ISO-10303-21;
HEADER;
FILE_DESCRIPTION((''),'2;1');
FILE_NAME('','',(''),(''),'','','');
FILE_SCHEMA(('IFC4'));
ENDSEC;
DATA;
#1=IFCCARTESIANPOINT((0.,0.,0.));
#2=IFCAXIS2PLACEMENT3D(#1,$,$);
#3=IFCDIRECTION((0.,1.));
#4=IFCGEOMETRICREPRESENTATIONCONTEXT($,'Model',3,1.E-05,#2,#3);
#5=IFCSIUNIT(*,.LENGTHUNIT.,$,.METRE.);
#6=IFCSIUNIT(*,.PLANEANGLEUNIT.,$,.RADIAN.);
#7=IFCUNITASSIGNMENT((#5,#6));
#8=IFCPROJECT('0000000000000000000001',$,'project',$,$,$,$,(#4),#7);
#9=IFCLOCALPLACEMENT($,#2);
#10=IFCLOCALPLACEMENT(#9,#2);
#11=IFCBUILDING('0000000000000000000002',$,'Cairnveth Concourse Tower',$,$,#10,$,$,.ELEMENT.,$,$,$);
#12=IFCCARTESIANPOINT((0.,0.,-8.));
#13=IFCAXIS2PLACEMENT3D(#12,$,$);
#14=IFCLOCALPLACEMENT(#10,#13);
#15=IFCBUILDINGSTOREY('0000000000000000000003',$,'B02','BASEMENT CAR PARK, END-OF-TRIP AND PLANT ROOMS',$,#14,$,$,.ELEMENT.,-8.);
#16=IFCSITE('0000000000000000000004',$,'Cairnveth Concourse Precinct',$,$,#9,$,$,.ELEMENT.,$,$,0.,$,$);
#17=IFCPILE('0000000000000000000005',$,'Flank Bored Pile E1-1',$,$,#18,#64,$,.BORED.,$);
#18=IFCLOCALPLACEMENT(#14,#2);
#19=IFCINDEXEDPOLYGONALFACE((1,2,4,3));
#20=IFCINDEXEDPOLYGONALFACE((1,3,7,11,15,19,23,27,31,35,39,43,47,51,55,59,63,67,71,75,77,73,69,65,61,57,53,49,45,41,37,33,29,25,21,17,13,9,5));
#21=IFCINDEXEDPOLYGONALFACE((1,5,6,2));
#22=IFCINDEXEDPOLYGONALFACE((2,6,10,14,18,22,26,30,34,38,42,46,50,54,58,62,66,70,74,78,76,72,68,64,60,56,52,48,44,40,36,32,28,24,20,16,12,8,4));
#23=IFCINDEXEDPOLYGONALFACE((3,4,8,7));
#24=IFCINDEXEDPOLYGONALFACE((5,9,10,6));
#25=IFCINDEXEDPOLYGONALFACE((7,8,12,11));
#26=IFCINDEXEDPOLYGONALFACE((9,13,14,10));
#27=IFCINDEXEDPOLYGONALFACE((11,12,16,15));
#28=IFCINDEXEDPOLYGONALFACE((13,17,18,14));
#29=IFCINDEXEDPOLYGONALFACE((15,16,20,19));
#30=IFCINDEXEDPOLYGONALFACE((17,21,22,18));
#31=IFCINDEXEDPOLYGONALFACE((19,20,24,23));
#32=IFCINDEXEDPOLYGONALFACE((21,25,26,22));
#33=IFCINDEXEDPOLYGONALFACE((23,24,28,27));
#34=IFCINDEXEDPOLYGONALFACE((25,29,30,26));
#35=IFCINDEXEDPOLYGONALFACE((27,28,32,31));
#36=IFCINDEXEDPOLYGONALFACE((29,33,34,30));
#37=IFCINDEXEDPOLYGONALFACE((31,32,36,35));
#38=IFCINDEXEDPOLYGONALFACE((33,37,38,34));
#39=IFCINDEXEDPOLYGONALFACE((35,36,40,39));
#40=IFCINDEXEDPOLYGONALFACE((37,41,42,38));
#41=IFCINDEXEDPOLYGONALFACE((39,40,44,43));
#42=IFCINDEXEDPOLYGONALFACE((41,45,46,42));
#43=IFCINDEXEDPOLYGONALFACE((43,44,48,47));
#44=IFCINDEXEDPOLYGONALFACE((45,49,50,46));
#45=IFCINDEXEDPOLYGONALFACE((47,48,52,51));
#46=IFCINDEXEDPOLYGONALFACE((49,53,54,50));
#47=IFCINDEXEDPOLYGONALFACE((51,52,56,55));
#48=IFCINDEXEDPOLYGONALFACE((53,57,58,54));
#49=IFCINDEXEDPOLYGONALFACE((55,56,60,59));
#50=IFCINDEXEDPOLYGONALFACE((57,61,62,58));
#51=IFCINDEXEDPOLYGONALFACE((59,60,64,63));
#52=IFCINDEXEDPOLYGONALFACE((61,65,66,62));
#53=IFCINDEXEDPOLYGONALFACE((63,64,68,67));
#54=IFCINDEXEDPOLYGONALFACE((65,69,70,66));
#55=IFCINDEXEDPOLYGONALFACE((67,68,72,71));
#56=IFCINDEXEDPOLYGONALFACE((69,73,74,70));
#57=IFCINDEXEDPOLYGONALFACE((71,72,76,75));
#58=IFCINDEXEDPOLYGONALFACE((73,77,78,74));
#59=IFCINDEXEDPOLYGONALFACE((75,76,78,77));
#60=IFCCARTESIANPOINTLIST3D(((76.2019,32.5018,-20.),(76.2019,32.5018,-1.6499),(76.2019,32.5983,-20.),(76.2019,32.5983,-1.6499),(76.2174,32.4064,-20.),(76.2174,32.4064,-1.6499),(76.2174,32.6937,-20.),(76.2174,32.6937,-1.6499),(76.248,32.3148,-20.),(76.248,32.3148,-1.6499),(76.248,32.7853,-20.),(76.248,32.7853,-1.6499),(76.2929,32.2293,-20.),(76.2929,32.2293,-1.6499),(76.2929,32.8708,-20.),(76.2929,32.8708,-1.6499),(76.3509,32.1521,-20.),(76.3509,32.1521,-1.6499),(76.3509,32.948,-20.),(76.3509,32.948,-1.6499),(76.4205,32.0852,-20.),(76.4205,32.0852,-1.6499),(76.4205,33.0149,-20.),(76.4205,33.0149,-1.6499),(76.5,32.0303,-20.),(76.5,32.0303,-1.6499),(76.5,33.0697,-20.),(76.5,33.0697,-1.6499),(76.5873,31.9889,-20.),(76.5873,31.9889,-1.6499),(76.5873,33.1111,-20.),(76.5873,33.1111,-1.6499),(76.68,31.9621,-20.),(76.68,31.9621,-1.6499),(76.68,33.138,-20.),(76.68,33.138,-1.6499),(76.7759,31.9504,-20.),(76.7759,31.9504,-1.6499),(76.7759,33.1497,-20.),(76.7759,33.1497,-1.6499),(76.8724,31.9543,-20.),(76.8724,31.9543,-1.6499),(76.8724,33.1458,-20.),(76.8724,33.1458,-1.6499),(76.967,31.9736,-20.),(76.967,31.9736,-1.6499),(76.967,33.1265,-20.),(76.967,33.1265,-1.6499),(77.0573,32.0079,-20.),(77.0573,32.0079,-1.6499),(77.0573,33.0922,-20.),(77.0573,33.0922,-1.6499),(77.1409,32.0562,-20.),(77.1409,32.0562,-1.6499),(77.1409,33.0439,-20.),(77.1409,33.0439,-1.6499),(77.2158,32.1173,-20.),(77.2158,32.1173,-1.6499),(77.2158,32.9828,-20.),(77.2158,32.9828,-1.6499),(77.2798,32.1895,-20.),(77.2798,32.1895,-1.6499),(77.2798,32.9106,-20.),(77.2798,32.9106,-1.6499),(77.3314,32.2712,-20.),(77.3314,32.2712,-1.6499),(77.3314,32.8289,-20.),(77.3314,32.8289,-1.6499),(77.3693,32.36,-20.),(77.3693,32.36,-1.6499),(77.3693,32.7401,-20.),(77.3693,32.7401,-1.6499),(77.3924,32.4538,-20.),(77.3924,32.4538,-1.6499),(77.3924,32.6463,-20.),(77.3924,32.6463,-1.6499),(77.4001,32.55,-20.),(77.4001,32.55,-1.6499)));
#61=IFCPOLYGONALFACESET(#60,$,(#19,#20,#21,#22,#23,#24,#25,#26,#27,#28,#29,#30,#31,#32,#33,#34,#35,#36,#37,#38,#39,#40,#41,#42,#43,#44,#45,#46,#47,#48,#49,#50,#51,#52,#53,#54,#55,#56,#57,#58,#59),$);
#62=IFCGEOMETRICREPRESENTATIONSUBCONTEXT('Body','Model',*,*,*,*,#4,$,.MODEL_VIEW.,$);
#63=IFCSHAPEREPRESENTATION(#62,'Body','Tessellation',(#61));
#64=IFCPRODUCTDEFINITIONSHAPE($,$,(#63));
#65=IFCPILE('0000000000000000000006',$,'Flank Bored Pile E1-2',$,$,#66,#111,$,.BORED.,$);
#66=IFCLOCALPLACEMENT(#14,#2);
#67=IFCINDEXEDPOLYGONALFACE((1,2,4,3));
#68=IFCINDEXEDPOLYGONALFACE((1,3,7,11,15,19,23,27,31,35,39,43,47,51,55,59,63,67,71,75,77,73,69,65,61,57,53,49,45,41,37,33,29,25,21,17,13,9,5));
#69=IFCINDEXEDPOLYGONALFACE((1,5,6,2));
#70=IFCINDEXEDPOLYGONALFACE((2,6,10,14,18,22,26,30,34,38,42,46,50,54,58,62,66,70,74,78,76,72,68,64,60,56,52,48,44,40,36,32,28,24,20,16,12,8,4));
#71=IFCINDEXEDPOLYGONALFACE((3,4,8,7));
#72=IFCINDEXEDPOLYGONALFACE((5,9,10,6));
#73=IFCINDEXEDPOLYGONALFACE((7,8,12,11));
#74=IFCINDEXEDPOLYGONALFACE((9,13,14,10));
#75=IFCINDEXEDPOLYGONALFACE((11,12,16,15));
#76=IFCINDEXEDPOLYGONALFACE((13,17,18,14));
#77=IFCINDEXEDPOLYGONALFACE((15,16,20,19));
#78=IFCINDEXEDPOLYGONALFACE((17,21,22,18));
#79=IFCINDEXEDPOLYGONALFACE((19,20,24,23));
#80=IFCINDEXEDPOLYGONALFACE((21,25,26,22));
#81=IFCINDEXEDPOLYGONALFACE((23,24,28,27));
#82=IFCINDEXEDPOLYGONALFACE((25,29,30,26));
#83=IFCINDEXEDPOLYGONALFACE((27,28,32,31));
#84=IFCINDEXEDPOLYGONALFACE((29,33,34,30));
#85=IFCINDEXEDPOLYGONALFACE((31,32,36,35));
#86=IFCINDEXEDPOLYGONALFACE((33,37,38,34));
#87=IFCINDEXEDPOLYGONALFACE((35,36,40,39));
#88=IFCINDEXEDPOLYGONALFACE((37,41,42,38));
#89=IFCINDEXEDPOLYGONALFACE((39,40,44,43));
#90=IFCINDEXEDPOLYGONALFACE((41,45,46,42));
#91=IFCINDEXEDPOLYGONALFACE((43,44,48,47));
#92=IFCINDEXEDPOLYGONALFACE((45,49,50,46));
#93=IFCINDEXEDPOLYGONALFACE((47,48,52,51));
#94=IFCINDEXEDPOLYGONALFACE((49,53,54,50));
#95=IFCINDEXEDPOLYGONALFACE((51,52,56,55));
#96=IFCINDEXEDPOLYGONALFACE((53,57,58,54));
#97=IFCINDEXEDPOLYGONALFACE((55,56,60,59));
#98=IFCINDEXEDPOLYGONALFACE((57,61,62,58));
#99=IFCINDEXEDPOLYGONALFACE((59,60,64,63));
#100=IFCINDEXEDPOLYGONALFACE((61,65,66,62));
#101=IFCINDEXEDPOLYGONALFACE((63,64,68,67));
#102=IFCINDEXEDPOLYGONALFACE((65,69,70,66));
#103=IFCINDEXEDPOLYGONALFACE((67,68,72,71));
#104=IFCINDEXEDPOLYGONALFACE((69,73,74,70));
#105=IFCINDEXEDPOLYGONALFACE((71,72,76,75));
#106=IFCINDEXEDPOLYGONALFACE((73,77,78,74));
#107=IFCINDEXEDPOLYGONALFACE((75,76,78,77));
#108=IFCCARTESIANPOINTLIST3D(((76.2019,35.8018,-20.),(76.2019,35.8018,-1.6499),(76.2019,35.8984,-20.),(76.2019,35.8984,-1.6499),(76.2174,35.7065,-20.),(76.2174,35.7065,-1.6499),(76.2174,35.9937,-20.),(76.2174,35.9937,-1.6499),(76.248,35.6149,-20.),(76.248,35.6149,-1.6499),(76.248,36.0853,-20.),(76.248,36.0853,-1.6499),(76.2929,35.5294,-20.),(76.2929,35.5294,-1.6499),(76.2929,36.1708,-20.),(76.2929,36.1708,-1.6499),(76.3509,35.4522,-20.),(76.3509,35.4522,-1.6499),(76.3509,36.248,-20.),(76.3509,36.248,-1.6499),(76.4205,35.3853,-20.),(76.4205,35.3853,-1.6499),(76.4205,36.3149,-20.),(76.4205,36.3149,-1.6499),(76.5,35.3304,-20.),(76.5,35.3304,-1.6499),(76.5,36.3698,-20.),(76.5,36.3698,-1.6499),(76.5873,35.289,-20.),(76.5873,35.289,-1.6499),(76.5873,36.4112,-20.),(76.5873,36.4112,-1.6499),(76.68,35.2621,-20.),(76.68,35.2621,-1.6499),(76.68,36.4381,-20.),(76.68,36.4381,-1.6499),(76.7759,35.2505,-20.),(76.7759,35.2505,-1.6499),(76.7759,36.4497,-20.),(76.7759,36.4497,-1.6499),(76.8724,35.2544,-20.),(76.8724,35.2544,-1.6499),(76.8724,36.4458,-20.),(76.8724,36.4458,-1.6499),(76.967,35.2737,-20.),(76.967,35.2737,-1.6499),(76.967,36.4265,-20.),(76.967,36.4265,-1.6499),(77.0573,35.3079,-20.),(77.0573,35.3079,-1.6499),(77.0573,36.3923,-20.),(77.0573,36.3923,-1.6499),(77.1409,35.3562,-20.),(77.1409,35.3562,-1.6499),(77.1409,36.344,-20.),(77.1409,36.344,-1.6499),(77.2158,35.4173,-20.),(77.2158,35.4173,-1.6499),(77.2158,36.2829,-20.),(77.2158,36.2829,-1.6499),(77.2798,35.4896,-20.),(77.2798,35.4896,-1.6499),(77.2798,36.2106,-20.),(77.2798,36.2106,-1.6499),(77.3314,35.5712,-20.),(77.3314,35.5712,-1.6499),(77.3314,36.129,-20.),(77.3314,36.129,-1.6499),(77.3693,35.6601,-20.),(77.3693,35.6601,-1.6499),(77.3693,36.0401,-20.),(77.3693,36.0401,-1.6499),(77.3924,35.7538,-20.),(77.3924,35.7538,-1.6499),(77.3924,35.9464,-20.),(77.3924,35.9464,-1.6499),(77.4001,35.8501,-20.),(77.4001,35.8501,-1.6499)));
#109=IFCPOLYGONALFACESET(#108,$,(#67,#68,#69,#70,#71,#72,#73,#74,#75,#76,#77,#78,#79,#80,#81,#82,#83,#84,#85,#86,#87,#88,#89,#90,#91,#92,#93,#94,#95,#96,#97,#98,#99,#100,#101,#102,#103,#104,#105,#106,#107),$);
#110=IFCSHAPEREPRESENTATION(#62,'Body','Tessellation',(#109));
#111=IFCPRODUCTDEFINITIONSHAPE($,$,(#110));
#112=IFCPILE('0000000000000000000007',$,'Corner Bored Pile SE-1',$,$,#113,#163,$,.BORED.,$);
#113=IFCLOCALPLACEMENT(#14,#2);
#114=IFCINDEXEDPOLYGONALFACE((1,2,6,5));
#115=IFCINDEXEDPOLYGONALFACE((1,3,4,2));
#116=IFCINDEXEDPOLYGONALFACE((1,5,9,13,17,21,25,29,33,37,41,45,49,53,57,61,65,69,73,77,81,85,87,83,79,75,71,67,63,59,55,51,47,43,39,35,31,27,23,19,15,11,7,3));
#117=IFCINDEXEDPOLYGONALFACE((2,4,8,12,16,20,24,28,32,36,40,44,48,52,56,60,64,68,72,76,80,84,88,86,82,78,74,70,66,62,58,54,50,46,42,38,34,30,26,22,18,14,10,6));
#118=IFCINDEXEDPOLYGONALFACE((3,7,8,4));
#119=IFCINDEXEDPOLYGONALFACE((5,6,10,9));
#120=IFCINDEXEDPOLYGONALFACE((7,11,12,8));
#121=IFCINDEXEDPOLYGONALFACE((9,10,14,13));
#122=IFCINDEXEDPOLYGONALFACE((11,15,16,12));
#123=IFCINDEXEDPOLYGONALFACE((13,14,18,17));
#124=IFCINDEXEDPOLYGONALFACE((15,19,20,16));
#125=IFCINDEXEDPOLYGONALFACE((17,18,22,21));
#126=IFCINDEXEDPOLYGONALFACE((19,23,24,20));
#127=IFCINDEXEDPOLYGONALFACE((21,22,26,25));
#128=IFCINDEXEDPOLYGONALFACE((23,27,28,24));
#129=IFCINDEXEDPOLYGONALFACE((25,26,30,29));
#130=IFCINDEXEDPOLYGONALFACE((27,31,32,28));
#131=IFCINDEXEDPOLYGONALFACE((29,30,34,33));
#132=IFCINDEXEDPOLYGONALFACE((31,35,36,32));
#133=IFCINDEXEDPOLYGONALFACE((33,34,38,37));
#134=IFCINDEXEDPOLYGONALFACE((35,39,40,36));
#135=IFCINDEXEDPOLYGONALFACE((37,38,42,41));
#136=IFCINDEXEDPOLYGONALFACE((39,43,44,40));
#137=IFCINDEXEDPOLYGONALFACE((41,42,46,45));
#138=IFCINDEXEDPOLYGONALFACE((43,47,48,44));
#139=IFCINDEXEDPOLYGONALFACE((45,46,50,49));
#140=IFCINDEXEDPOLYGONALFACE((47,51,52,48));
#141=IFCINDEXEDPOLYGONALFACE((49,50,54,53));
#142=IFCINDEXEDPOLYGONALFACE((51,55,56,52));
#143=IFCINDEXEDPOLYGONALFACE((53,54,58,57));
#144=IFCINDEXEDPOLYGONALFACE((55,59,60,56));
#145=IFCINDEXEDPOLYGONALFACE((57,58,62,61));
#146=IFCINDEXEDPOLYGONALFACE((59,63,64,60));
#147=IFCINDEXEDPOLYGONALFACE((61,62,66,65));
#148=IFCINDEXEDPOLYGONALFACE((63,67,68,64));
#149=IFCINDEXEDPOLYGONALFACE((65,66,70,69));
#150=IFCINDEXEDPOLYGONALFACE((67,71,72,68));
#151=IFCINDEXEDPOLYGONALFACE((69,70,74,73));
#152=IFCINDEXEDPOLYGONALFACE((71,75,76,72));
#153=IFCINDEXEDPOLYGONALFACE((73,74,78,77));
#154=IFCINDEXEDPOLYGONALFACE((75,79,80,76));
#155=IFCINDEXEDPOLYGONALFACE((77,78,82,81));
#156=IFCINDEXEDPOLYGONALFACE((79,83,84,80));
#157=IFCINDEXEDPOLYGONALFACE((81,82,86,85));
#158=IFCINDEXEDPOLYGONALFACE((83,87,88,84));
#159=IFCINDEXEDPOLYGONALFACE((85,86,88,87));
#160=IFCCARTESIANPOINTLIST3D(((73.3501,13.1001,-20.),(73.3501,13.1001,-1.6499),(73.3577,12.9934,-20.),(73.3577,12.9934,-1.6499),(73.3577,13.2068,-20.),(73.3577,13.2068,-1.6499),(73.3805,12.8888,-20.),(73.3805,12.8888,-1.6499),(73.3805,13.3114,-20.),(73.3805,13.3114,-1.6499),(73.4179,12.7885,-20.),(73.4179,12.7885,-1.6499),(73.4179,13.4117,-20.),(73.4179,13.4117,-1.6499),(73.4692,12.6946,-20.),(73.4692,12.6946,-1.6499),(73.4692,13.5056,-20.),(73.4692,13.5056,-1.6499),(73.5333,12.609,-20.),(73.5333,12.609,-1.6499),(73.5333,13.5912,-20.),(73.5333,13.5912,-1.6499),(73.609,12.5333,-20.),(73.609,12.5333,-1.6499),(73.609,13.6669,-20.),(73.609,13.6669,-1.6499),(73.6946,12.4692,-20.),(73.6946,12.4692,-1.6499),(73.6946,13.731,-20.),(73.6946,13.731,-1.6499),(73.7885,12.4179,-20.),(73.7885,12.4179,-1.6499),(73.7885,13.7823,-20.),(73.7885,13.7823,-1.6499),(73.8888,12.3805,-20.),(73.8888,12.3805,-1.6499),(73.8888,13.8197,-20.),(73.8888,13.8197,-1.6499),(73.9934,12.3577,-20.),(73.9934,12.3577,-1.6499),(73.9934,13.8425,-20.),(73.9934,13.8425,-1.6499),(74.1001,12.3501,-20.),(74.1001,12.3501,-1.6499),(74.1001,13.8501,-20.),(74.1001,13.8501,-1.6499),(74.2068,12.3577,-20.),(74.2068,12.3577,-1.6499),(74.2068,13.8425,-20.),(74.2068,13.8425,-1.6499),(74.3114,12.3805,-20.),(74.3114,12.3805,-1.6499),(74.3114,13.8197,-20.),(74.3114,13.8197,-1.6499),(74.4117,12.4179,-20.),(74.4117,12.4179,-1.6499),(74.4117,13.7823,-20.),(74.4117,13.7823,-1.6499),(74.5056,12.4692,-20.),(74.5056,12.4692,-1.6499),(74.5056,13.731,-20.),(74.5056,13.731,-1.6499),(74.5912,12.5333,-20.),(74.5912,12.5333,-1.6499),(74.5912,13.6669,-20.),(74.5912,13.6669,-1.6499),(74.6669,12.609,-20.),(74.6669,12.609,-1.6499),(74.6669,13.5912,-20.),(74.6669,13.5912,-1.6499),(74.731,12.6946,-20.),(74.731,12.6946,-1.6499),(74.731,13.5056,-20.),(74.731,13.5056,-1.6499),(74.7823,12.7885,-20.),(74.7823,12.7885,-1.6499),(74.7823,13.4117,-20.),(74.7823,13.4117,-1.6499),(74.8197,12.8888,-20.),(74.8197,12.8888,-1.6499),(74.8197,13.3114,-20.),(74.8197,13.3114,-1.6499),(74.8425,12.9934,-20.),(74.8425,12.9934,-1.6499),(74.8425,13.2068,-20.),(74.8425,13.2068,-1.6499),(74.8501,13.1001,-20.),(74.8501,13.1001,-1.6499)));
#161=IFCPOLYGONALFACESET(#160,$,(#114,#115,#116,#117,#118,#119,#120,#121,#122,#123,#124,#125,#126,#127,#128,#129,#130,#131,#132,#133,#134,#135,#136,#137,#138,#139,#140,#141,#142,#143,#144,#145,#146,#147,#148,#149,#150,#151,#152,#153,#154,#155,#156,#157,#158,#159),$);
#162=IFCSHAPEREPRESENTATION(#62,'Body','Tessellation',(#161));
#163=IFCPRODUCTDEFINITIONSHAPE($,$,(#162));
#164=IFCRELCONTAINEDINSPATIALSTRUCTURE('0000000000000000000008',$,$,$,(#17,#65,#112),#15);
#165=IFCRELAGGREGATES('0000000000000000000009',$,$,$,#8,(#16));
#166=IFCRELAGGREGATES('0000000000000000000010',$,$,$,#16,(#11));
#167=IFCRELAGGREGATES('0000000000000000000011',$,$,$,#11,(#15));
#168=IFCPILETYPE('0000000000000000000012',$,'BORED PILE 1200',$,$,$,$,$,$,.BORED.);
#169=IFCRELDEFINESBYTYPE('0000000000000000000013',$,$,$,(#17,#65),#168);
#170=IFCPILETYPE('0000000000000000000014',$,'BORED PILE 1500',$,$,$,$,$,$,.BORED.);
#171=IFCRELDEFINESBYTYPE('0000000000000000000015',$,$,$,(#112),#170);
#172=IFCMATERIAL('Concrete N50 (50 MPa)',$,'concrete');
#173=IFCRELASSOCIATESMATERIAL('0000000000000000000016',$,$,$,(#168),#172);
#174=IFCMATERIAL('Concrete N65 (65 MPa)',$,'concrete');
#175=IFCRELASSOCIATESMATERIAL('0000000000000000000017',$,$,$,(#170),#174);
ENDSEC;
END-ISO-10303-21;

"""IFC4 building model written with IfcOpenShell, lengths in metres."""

from ifc_helpers import new_model, si_unit, direction, frame, origin, origin_2d, place, context, subcontext, project, spatial, circle, extrude, material, material_profile, profile_set, type_object, element, save


model = new_model("IFC4")

# Units and contexts
model_context = context("Model", 3, precision=1e-05, world=origin(), true_north=direction((0.0, 1.0)))
body_context = subcontext(model_context, "Body", "Model", "MODEL_VIEW")
ifc_project = project(units=[si_unit("LENGTHUNIT", "METRE"), si_unit("PLANEANGLEUNIT", "RADIAN")], contexts=[model_context])

# Site, building, storey
site_placement = place(None, origin())
site = spatial("IfcSite", under=ifc_project, at=site_placement, Name="Cairnveth Concourse Precinct", CompositionType="ELEMENT", RefElevation=0.0)
building_placement = place(site_placement, origin())
building = spatial("IfcBuilding", under=site, at=building_placement, Name="Cairnveth Concourse Tower", CompositionType="ELEMENT")
storey_placement = place(building_placement, frame((0.0, 0.0, -8.0)))
storey = spatial("IfcBuildingStorey", under=building, at=storey_placement, Name="B02", Description="BASEMENT CAR PARK, END-OF-TRIP AND PLANT ROOMS", CompositionType="ELEMENT", Elevation=-8.0)

# Piles
ifc_material_1 = material(Name="Concrete N50 (50 MPa)", Category="concrete")
ifc_material_profile_1 = material_profile(ifc_material_1, circle(Radius=0.6001, at=origin_2d()), Name="PILE-1200")
ifc_profile_set_1 = profile_set([ifc_material_profile_1], Name="Concrete N50 (50 MPa)")
pile_type_1 = type_object("IfcPileType", Name="BORED PILE 1200", PredefinedType="BORED", material=ifc_profile_set_1)
for number, where, z_axis, x_axis, name in (
    (1, (76.8, 32.55, -1.6499), (0.0, 0.0, -1.0), (1.0, 0.0, 0.0), "Flank Bored Pile E1-1"),
    (2, (76.8, 35.8501, -1.6499), (0.0, 0.0, -1.0), (1.0, 0.0, 0.0), "Flank Bored Pile E1-2"),
):
    element("IfcPile", number, at=place(storey_placement, frame(where, z_axis=z_axis, x_axis=x_axis)), inside=storey, type_object=pile_type_1, Name=name, PredefinedType="BORED", context=body_context, shape_type="SweptSolid", body=[
        extrude(circle(Radius=0.6001, at=origin_2d()), origin(), (0.0, 0.0, 1.0), 18.3501),
    ])
ifc_material_2 = material(Name="Concrete N65 (65 MPa)", Category="concrete")
ifc_material_profile_2 = material_profile(ifc_material_2, circle(Radius=0.75, at=origin_2d()), Name="PILE-1500")
ifc_profile_set_2 = profile_set([ifc_material_profile_2], Name="Concrete N65 (65 MPa)")
pile_type_2 = type_object("IfcPileType", Name="BORED PILE 1500", PredefinedType="BORED", material=ifc_profile_set_2)
for number, where, z_axis, x_axis, name in (
    (3, (74.1001, 13.1001, -1.6499), (0.0, 0.0, -1.0), (1.0, 0.0, 0.0), "Corner Bored Pile SE-1"),
):
    element("IfcPile", number, at=place(storey_placement, frame(where, z_axis=z_axis, x_axis=x_axis)), inside=storey, type_object=pile_type_2, Name=name, PredefinedType="BORED", context=body_context, shape_type="SweptSolid", body=[
        extrude(circle(Radius=0.75, at=origin_2d()), origin(), (0.0, 0.0, 1.0), 18.3501),
    ])

save(model, "model.ifc")
